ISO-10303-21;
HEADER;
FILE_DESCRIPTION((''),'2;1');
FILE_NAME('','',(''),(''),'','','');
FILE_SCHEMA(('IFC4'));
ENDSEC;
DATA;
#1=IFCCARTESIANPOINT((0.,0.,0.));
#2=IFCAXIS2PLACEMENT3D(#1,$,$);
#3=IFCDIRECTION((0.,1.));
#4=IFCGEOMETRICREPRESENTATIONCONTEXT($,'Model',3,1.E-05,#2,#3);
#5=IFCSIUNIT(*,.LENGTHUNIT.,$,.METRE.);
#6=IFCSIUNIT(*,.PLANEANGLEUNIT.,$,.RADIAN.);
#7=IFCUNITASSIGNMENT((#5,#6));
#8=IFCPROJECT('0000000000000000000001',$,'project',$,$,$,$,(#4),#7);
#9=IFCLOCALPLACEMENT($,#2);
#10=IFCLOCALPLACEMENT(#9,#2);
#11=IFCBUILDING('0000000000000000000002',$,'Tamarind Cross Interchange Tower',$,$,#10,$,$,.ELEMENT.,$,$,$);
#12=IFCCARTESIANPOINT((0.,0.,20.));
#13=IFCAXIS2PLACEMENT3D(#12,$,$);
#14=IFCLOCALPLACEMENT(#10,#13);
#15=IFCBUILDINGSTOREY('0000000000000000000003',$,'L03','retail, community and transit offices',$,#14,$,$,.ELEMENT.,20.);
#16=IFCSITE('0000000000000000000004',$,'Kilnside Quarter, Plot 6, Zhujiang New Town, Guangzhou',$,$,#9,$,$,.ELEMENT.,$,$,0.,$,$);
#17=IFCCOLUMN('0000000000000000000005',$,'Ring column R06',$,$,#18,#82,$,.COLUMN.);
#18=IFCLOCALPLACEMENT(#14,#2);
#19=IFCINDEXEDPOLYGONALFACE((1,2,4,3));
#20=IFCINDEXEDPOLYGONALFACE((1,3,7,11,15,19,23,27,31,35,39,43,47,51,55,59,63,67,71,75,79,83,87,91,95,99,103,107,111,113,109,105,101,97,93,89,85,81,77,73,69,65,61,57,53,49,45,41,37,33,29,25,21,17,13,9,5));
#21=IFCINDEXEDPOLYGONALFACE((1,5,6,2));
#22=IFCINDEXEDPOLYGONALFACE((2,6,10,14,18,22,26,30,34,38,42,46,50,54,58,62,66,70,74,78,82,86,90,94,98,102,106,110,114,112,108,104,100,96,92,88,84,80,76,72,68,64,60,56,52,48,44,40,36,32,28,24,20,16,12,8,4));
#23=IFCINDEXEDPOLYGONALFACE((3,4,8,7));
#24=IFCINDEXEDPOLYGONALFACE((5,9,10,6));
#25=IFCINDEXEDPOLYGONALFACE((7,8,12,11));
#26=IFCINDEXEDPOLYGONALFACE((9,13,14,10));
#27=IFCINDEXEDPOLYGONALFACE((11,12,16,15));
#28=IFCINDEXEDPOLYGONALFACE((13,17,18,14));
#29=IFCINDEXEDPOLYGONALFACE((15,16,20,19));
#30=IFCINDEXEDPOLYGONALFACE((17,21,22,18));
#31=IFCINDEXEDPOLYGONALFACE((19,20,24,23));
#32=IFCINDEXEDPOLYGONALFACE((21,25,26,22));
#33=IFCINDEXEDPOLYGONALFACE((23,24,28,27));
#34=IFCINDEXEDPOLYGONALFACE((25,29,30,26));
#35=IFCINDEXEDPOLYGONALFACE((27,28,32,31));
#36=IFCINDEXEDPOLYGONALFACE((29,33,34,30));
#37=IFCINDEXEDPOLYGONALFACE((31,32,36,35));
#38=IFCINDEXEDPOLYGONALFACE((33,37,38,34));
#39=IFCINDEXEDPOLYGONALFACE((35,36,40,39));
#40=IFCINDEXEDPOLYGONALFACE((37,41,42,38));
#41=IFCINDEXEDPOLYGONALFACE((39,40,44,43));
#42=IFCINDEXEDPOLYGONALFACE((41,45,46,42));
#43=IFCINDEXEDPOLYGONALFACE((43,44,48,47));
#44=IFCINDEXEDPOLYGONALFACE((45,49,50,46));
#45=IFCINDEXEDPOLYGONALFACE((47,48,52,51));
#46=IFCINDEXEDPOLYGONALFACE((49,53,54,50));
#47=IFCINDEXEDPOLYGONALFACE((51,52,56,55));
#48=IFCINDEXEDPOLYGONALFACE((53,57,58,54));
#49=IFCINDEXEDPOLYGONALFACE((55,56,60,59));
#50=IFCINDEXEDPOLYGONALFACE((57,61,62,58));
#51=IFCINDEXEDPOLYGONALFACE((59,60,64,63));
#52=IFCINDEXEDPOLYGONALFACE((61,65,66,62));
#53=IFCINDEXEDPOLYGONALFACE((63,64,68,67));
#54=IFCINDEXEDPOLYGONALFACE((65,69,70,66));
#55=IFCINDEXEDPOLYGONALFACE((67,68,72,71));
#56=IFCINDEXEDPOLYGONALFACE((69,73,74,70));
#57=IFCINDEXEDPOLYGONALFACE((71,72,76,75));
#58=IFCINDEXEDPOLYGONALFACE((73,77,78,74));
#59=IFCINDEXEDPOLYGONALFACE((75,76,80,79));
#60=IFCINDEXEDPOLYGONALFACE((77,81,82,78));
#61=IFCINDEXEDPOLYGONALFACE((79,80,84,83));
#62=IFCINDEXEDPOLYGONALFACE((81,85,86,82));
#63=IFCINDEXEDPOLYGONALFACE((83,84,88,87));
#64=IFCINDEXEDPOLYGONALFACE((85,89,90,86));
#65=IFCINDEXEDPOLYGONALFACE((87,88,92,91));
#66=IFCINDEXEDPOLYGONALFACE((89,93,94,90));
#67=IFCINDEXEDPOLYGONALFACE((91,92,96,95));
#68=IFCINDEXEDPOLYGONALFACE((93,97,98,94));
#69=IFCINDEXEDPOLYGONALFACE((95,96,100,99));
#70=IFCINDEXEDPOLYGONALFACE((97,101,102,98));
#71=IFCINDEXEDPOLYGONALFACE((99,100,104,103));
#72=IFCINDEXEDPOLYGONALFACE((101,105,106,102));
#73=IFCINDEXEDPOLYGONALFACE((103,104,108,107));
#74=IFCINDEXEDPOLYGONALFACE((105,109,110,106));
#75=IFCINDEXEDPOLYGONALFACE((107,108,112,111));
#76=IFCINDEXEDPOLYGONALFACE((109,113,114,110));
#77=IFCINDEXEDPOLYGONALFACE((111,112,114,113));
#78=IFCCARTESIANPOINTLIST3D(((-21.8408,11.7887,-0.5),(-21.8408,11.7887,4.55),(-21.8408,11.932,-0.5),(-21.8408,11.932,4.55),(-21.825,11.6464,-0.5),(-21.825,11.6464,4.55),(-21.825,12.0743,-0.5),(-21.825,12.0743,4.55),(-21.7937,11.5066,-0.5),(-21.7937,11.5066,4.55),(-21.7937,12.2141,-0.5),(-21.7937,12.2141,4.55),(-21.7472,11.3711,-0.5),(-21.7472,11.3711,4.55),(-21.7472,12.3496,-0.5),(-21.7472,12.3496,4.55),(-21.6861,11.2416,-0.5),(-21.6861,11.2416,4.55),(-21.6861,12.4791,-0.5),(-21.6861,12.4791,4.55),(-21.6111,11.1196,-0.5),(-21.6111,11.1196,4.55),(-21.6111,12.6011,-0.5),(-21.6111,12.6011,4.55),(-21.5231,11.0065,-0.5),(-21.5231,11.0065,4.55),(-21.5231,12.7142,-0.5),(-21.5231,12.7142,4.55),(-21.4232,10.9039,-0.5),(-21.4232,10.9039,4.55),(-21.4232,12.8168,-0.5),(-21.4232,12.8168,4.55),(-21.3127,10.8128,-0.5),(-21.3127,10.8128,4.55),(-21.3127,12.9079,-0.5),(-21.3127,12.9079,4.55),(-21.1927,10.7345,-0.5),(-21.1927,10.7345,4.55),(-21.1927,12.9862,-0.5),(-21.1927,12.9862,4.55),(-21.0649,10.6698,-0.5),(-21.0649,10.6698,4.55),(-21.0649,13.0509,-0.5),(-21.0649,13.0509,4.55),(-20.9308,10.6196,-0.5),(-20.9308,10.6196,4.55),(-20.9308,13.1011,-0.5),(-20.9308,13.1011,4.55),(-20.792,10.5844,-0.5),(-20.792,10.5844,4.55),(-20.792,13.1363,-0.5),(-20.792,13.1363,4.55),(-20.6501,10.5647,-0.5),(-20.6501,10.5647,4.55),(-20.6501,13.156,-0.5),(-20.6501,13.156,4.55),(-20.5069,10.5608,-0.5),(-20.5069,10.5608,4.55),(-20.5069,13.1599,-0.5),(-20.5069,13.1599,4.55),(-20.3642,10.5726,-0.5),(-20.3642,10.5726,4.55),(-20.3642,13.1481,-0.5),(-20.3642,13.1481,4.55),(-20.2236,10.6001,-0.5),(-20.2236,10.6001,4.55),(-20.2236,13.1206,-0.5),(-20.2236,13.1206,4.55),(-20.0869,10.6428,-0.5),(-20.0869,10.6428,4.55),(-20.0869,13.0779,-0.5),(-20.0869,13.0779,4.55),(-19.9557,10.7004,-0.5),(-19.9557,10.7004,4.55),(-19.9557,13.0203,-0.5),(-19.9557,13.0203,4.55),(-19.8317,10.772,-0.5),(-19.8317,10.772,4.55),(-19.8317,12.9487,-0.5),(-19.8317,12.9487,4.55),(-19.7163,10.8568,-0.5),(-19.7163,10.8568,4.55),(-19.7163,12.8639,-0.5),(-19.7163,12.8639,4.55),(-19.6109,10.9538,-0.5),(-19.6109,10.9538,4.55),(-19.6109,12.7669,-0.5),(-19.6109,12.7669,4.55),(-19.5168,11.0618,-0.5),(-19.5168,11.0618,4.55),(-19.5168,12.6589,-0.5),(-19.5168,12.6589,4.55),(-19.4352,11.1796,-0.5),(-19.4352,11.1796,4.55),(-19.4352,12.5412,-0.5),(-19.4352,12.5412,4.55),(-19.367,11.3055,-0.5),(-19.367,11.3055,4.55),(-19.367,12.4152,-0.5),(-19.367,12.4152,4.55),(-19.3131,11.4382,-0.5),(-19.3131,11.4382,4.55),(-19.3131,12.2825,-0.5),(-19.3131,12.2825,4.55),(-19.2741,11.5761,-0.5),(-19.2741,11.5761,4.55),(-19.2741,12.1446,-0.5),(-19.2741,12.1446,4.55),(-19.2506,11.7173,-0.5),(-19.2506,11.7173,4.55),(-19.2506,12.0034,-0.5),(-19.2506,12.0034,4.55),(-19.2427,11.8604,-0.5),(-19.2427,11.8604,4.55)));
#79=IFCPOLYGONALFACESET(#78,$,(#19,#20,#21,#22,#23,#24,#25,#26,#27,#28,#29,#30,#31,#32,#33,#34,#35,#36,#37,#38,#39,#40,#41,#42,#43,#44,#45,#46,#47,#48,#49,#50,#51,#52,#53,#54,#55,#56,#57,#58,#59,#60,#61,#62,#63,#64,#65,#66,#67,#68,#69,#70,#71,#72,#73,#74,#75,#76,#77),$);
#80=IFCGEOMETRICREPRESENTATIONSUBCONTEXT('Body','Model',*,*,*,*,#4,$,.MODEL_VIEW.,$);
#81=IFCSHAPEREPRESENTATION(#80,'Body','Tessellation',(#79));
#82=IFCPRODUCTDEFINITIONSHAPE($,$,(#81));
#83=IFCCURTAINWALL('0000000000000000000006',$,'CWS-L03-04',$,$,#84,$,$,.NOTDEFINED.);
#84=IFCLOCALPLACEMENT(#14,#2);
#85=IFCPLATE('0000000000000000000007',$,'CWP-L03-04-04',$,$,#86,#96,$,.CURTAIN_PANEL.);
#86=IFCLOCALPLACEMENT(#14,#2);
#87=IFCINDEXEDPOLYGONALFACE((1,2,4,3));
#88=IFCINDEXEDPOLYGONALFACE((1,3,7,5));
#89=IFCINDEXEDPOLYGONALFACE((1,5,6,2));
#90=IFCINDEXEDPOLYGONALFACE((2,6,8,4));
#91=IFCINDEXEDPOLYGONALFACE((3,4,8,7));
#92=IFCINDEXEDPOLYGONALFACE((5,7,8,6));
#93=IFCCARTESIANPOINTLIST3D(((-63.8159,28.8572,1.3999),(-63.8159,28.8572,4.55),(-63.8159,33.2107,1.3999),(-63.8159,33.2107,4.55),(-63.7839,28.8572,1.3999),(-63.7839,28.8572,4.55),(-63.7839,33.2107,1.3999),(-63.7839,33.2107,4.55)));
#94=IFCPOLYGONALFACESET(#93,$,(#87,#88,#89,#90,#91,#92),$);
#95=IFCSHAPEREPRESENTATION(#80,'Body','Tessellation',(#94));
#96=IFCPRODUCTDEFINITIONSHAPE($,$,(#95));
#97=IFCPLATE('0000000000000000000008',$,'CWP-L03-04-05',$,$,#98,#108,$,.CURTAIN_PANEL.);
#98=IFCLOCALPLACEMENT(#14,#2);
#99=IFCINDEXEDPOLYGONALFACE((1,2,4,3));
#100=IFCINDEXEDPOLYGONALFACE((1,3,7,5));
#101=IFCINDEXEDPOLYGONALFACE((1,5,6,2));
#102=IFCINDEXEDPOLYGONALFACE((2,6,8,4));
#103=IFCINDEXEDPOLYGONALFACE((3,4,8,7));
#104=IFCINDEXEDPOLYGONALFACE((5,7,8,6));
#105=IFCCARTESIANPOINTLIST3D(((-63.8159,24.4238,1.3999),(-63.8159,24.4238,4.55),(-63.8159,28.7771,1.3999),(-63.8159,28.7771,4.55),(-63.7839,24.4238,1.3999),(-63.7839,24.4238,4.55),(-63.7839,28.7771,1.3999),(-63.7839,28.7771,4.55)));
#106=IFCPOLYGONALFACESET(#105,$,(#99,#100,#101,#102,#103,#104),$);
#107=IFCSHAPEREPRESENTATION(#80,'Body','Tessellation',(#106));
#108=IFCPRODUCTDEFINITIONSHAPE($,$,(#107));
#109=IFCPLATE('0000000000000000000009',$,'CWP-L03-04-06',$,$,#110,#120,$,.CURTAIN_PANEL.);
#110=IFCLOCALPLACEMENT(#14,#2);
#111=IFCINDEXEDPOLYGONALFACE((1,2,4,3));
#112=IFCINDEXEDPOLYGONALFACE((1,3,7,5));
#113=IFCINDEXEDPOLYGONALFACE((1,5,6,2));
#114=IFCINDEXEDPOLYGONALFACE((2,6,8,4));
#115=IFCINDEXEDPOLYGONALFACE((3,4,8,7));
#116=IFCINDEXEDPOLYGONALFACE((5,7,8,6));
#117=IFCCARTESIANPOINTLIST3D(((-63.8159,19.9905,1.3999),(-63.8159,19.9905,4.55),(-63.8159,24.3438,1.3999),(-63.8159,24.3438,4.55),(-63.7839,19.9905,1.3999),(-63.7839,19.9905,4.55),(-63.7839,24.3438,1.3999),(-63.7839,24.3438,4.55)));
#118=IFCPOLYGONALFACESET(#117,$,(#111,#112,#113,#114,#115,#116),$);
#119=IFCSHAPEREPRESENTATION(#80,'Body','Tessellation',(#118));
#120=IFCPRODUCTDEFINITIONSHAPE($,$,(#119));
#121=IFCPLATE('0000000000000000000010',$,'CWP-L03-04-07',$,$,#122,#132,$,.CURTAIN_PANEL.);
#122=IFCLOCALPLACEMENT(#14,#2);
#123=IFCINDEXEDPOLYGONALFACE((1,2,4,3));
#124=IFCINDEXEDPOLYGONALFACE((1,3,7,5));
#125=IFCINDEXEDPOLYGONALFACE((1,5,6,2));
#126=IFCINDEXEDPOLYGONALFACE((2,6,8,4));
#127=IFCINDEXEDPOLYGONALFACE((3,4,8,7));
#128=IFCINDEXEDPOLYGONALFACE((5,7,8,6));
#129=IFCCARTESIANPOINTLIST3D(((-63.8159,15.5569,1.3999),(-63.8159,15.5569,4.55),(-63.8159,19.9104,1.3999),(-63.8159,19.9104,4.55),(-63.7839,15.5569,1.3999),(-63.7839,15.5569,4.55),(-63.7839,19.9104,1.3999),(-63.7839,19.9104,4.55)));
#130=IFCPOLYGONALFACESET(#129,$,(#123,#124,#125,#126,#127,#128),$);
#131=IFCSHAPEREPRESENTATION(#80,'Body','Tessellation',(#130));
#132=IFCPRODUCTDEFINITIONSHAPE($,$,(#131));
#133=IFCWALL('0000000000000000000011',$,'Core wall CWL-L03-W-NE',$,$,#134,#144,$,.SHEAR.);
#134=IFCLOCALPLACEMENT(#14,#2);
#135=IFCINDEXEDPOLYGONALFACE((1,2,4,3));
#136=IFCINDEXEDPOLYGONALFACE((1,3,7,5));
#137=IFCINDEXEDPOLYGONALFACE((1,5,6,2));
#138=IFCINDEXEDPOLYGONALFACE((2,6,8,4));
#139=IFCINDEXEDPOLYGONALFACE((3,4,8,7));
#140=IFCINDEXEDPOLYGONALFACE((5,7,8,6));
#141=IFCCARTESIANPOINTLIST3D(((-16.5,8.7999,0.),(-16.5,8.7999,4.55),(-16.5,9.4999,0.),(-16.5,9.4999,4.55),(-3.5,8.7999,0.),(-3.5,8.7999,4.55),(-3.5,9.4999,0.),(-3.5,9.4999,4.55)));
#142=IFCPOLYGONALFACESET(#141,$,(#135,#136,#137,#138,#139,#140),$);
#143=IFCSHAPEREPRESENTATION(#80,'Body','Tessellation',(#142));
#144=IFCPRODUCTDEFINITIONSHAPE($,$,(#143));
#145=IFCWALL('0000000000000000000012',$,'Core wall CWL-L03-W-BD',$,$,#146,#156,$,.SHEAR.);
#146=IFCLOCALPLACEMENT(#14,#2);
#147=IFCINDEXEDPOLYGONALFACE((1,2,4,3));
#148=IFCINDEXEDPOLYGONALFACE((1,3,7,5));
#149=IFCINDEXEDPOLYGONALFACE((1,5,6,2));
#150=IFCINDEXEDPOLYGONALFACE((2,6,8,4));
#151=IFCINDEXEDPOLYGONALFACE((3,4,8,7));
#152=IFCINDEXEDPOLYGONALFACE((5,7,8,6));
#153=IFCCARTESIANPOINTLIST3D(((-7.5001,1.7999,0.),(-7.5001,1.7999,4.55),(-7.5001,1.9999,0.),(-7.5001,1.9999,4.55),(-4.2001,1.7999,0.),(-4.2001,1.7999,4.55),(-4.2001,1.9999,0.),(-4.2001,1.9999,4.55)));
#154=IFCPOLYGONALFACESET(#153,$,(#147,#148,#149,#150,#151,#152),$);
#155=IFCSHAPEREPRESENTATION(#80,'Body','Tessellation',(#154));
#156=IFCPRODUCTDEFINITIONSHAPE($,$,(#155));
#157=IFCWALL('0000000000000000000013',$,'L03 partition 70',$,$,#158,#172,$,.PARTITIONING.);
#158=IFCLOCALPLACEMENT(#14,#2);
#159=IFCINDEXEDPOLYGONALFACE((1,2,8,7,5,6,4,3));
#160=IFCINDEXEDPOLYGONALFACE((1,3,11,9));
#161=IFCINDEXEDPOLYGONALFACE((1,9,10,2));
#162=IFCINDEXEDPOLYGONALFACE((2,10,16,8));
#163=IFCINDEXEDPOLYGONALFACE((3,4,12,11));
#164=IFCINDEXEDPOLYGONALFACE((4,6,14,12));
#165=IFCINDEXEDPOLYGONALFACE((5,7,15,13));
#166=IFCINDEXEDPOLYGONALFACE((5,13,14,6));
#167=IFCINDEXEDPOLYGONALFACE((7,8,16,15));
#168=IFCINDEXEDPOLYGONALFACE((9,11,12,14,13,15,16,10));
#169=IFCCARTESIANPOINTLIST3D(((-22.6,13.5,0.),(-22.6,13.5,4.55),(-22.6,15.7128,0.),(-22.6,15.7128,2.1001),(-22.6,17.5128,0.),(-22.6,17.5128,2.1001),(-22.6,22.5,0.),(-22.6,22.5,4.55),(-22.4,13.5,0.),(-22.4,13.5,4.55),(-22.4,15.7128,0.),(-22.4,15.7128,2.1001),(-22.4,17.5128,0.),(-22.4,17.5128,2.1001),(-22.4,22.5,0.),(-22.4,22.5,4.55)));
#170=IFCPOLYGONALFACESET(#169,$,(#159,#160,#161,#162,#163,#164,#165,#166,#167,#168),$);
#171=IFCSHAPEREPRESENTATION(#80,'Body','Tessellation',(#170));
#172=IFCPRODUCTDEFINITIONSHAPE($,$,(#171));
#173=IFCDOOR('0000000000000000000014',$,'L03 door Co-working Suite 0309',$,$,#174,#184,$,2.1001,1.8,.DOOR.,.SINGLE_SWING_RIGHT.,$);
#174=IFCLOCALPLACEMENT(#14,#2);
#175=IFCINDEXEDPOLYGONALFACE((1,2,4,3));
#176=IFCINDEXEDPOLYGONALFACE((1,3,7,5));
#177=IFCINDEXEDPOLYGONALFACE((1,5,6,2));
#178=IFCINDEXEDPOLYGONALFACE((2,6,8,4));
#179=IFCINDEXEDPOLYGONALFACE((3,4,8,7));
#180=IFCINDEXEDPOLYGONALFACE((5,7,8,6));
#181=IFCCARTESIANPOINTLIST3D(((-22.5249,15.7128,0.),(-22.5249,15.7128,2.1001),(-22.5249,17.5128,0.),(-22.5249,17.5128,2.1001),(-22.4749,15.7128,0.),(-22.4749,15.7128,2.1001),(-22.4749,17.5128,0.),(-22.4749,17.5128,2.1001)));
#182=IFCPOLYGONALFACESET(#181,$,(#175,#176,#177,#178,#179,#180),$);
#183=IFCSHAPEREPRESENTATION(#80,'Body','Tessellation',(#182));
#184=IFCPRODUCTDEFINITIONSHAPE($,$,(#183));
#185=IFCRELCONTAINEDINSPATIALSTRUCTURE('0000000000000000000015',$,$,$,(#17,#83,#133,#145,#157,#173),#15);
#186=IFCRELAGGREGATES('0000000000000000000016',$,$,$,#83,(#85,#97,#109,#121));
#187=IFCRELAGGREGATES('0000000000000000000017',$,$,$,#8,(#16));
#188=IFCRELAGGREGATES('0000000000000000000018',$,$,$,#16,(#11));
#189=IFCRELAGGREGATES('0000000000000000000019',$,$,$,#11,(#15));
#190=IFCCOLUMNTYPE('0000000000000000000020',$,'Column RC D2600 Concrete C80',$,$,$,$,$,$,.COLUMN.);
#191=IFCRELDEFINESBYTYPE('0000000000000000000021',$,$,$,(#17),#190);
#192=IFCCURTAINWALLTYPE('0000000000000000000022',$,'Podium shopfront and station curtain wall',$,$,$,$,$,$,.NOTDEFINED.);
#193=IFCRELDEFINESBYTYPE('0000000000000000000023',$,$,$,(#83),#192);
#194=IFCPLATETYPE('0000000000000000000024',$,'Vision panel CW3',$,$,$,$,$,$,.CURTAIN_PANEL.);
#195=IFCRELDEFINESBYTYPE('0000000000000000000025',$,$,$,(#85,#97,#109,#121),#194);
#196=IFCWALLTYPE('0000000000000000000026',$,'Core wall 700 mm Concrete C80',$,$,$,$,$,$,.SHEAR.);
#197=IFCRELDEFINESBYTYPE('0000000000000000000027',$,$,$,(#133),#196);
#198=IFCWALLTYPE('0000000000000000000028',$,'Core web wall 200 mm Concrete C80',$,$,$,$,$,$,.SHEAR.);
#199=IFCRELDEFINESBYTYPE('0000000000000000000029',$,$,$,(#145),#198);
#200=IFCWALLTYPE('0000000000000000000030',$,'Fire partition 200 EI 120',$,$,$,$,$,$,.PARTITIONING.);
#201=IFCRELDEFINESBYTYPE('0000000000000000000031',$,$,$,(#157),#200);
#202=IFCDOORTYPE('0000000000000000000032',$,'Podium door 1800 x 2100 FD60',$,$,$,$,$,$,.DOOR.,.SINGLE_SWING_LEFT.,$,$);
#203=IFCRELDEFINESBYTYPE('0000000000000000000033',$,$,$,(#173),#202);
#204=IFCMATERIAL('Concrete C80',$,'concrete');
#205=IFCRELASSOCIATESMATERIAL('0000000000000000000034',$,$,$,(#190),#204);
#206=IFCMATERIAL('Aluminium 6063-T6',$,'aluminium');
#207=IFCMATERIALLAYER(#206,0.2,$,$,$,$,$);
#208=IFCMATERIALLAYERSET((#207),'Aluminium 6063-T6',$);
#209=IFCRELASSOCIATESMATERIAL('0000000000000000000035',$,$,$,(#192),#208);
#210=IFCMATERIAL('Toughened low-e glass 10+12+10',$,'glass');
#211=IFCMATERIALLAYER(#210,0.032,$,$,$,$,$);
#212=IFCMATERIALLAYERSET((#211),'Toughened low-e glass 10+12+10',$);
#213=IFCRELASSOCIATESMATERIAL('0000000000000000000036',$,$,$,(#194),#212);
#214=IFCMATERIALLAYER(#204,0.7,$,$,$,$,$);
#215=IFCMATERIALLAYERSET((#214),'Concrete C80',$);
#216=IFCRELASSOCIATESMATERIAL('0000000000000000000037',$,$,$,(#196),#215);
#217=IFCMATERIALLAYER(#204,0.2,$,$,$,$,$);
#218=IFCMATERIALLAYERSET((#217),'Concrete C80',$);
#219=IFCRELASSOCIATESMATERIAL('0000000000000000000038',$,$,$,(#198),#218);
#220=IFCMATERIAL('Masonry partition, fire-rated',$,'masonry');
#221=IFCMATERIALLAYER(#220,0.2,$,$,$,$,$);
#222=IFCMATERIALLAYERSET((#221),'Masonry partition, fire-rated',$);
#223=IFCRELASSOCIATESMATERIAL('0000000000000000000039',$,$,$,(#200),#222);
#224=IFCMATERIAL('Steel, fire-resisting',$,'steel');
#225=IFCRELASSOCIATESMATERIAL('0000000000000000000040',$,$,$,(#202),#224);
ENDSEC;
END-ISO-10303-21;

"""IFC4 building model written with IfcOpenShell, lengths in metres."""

from ifc_helpers import new_model, si_unit, direction, frame, frame_2d, origin, origin_2d, place, context, subcontext, project, spatial, polyline, rectangle, circle, outline, extrude, material, layer, layer_set, material_profile, profile_set, type_object, element, fill, aggregate, save


model = new_model("IFC4")

# Units and contexts
model_context = context("Model", 3, precision=1e-05, world=origin(), true_north=direction((0.0, 1.0)))
body_context = subcontext(model_context, "Body", "Model", "MODEL_VIEW")
ifc_project = project(units=[si_unit("LENGTHUNIT", "METRE"), si_unit("PLANEANGLEUNIT", "RADIAN")], contexts=[model_context])

# Site, building, storey
site_placement = place(None, origin())
site = spatial("IfcSite", under=ifc_project, at=site_placement, Name="Kilnside Quarter, Plot 6, Zhujiang New Town, Guangzhou", CompositionType="ELEMENT", RefElevation=0.0)
building_placement = place(site_placement, origin())
building = spatial("IfcBuilding", under=site, at=building_placement, Name="Tamarind Cross Interchange Tower", CompositionType="ELEMENT")
storey_placement = place(building_placement, frame((0.0, 0.0, 20.0)))
storey = spatial("IfcBuildingStorey", under=building, at=storey_placement, Name="L03", Description="retail, community and transit offices", CompositionType="ELEMENT", Elevation=20.0)

# Column
ifc_material_1 = material(Name="Concrete C80", Category="concrete")
ifc_material_profile_1 = material_profile(ifc_material_1, circle(Radius=1.3, at=origin_2d()), Name="RC D2600")
ifc_profile_set_1 = profile_set([ifc_material_profile_1], Name="Concrete C80")
column_type_1 = type_object("IfcColumnType", Name="Column RC D2600 Concrete C80", PredefinedType="COLUMN", material=ifc_profile_set_1)
for number, where, z_axis, x_axis, name in (
    (1, (-20.5427, 11.8604, -0.5), (0.0, 0.0, 1.0), (1.0, 0.0, 0.0), "Ring column R06"),
):
    element("IfcColumn", number, at=place(storey_placement, frame(where, z_axis=z_axis, x_axis=x_axis)), inside=storey, type_object=column_type_1, Name=name, PredefinedType="COLUMN", context=body_context, shape_type="SweptSolid", body=[
        extrude(circle(Radius=1.3, at=origin_2d()), origin(), (0.0, 0.0, 1.0), 5.05),
    ])

# Curtain wall, plates
ifc_material_2 = material(Name="Aluminium 6063-T6", Category="aluminium")
ifc_layer_1 = layer(ifc_material_2, 0.2)
ifc_layer_set_1 = layer_set([ifc_layer_1], Name="Aluminium 6063-T6")
curtain_wall_type = type_object("IfcCurtainWallType", Name="Podium shopfront and station curtain wall", PredefinedType="NOTDEFINED", material=ifc_layer_set_1)
curtain_wall_placement = place(storey_placement, origin())
curtain_wall = element("IfcCurtainWall", 2, at=curtain_wall_placement, inside=storey, type_object=curtain_wall_type, Name="CWS-L03-04", PredefinedType="NOTDEFINED")
ifc_material_3 = material(Name="Toughened low-e glass 10+12+10", Category="glass")
ifc_layer_2 = layer(ifc_material_3, 0.032)
ifc_layer_set_2 = layer_set([ifc_layer_2], Name="Toughened low-e glass 10+12+10")
plate_type = type_object("IfcPlateType", Name="Vision panel CW3", PredefinedType="CURTAIN_PANEL", material=ifc_layer_set_2)
plate_1_placement = place(storey_placement, frame((0.0, 0.0, 1.3999)))
plate_1 = element("IfcPlate", 3, at=plate_1_placement, type_object=plate_type, Name="CWP-L03-04-04", PredefinedType="CURTAIN_PANEL", context=body_context, shape_type="SweptSolid", body=[
    extrude(outline(polyline([(-63.7839, 33.2107), (-63.7839, 28.8572), (-63.8159, 28.8572), (-63.8159, 33.2107), (-63.7839, 33.2107)])), origin(), (0.0, 0.0, 1.0), 3.1501),
])
plate_2_placement = place(storey_placement, frame((0.0, 0.0, 1.3999)))
plate_2 = element("IfcPlate", 4, at=plate_2_placement, type_object=plate_type, Name="CWP-L03-04-05", PredefinedType="CURTAIN_PANEL", context=body_context, shape_type="SweptSolid", body=[
    extrude(outline(polyline([(-63.7839, 28.7771), (-63.7839, 24.4238), (-63.8159, 24.4238), (-63.8159, 28.7771), (-63.7839, 28.7771)])), origin(), (0.0, 0.0, 1.0), 3.1501),
])
plate_3_placement = place(storey_placement, frame((0.0, 0.0, 1.3999)))
plate_3 = element("IfcPlate", 5, at=plate_3_placement, type_object=plate_type, Name="CWP-L03-04-06", PredefinedType="CURTAIN_PANEL", context=body_context, shape_type="SweptSolid", body=[
    extrude(outline(polyline([(-63.7839, 24.3438), (-63.7839, 19.9905), (-63.8159, 19.9905), (-63.8159, 24.3438), (-63.7839, 24.3438)])), origin(), (0.0, 0.0, 1.0), 3.1501),
])
plate_4_placement = place(storey_placement, frame((0.0, 0.0, 1.3999)))
plate_4 = element("IfcPlate", 6, at=plate_4_placement, type_object=plate_type, Name="CWP-L03-04-07", PredefinedType="CURTAIN_PANEL", context=body_context, shape_type="SweptSolid", body=[
    extrude(outline(polyline([(-63.7839, 19.9104), (-63.7839, 15.5569), (-63.8159, 15.5569), (-63.8159, 19.9104), (-63.7839, 19.9104)])), origin(), (0.0, 0.0, 1.0), 3.1501),
])
aggregate(curtain_wall, [plate_1, plate_2, plate_3, plate_4])

# Walls
ifc_layer_3 = layer(ifc_material_1, 0.7)
ifc_layer_set_3 = layer_set([ifc_layer_3], Name="Concrete C80")
wall_type_1 = type_object("IfcWallType", Name="Core wall 700 mm Concrete C80", PredefinedType="SHEAR", material=ifc_layer_set_3)
wall_1_placement = place(storey_placement, frame((-16.5, 9.1499, 0.0), z_axis=(0.0, 0.0, 1.0), x_axis=(1.0, 0.0, 0.0)))
element("IfcWall", 7, at=wall_1_placement, inside=storey, type_object=wall_type_1, Name="Core wall CWL-L03-W-NE", PredefinedType="SHEAR", context=body_context, shape_type="SweptSolid", body=[
    extrude(rectangle(XDim=13.0, YDim=0.7, at=frame_2d((6.5, 0.0))), origin(), (0.0, 0.0, 1.0), 4.55),
])
ifc_layer_4 = layer(ifc_material_1, 0.2)
ifc_layer_set_4 = layer_set([ifc_layer_4], Name="Concrete C80")
wall_type_2 = type_object("IfcWallType", Name="Core web wall 200 mm Concrete C80", PredefinedType="SHEAR", material=ifc_layer_set_4)
wall_2_placement = place(storey_placement, frame((-7.5, 1.8999, 0.0), z_axis=(0.0, 0.0, 1.0), x_axis=(1.0, 0.0, 0.0)))
element("IfcWall", 8, at=wall_2_placement, inside=storey, type_object=wall_type_2, Name="Core wall CWL-L03-W-BD", PredefinedType="SHEAR", context=body_context, shape_type="SweptSolid", body=[
    extrude(rectangle(XDim=3.3, YDim=0.2, at=frame_2d((1.6499, 0.0))), origin(), (0.0, 0.0, 1.0), 4.55),
])

# Wall, opening, door
ifc_material_4 = material(Name="Masonry partition, fire-rated", Category="masonry")
ifc_layer_5 = layer(ifc_material_4, 0.2)
ifc_layer_set_5 = layer_set([ifc_layer_5], Name="Masonry partition, fire-rated")
wall_type_3 = type_object("IfcWallType", Name="Fire partition 200 EI 120", PredefinedType="PARTITIONING", material=ifc_layer_set_5)
wall_3_placement = place(storey_placement, frame((-22.5, 13.5, 0.0), z_axis=(0.0, 0.0, 1.0), x_axis=(0.0, 1.0, 0.0)))
wall_3 = element("IfcWall", 9, at=wall_3_placement, inside=storey, type_object=wall_type_3, Name="L03 partition 70", PredefinedType="PARTITIONING", context=body_context, shape_type="SweptSolid", body=[
    extrude(rectangle(XDim=9.0, YDim=0.2, at=frame_2d((4.5, 0.0))), origin(), (0.0, 0.0, 1.0), 4.55),
])
opening_1_placement = place(wall_3_placement, frame((2.2129, 0.0, 0.0)))
opening_1 = element("IfcOpeningElement", 10, at=opening_1_placement, cuts=wall_3, PredefinedType="OPENING", context=body_context, shape_type="SweptSolid", body=[
    extrude(rectangle(XDim=1.8, YDim=2.1001, at=frame_2d((0.8999, 1.05))), frame((0.0, 0.1099, 0.0), z_axis=(0.0, -1.0, 0.0), x_axis=(1.0, 0.0, 0.0)), (0.0, 0.0, 1.0), 0.22),
])
ifc_material_5 = material(Name="Steel, fire-resisting", Category="steel")
door_type = type_object("IfcDoorType", Name="Podium door 1800 x 2100 FD60", OperationType="SINGLE_SWING_LEFT", PredefinedType="DOOR", material=ifc_material_5)
door_1_placement = place(opening_1_placement, origin())
door_1 = element("IfcDoor", 11, at=door_1_placement, inside=storey, type_object=door_type, Name="L03 door Co-working Suite 0309", OperationType="SINGLE_SWING_RIGHT", OverallHeight=2.1001, OverallWidth=1.8, PredefinedType="DOOR", context=body_context, shape_type="SweptSolid", body=[
    extrude(rectangle(XDim=1.8, YDim=2.1001, at=frame_2d((0.8999, 1.05))), frame((0.0, 0.0249, 0.0), z_axis=(0.0, -1.0, 0.0), x_axis=(1.0, 0.0, 0.0)), (0.0, 0.0, 1.0), 0.05),
])
fill(opening_1, door_1)

save(model, "model.ifc")
